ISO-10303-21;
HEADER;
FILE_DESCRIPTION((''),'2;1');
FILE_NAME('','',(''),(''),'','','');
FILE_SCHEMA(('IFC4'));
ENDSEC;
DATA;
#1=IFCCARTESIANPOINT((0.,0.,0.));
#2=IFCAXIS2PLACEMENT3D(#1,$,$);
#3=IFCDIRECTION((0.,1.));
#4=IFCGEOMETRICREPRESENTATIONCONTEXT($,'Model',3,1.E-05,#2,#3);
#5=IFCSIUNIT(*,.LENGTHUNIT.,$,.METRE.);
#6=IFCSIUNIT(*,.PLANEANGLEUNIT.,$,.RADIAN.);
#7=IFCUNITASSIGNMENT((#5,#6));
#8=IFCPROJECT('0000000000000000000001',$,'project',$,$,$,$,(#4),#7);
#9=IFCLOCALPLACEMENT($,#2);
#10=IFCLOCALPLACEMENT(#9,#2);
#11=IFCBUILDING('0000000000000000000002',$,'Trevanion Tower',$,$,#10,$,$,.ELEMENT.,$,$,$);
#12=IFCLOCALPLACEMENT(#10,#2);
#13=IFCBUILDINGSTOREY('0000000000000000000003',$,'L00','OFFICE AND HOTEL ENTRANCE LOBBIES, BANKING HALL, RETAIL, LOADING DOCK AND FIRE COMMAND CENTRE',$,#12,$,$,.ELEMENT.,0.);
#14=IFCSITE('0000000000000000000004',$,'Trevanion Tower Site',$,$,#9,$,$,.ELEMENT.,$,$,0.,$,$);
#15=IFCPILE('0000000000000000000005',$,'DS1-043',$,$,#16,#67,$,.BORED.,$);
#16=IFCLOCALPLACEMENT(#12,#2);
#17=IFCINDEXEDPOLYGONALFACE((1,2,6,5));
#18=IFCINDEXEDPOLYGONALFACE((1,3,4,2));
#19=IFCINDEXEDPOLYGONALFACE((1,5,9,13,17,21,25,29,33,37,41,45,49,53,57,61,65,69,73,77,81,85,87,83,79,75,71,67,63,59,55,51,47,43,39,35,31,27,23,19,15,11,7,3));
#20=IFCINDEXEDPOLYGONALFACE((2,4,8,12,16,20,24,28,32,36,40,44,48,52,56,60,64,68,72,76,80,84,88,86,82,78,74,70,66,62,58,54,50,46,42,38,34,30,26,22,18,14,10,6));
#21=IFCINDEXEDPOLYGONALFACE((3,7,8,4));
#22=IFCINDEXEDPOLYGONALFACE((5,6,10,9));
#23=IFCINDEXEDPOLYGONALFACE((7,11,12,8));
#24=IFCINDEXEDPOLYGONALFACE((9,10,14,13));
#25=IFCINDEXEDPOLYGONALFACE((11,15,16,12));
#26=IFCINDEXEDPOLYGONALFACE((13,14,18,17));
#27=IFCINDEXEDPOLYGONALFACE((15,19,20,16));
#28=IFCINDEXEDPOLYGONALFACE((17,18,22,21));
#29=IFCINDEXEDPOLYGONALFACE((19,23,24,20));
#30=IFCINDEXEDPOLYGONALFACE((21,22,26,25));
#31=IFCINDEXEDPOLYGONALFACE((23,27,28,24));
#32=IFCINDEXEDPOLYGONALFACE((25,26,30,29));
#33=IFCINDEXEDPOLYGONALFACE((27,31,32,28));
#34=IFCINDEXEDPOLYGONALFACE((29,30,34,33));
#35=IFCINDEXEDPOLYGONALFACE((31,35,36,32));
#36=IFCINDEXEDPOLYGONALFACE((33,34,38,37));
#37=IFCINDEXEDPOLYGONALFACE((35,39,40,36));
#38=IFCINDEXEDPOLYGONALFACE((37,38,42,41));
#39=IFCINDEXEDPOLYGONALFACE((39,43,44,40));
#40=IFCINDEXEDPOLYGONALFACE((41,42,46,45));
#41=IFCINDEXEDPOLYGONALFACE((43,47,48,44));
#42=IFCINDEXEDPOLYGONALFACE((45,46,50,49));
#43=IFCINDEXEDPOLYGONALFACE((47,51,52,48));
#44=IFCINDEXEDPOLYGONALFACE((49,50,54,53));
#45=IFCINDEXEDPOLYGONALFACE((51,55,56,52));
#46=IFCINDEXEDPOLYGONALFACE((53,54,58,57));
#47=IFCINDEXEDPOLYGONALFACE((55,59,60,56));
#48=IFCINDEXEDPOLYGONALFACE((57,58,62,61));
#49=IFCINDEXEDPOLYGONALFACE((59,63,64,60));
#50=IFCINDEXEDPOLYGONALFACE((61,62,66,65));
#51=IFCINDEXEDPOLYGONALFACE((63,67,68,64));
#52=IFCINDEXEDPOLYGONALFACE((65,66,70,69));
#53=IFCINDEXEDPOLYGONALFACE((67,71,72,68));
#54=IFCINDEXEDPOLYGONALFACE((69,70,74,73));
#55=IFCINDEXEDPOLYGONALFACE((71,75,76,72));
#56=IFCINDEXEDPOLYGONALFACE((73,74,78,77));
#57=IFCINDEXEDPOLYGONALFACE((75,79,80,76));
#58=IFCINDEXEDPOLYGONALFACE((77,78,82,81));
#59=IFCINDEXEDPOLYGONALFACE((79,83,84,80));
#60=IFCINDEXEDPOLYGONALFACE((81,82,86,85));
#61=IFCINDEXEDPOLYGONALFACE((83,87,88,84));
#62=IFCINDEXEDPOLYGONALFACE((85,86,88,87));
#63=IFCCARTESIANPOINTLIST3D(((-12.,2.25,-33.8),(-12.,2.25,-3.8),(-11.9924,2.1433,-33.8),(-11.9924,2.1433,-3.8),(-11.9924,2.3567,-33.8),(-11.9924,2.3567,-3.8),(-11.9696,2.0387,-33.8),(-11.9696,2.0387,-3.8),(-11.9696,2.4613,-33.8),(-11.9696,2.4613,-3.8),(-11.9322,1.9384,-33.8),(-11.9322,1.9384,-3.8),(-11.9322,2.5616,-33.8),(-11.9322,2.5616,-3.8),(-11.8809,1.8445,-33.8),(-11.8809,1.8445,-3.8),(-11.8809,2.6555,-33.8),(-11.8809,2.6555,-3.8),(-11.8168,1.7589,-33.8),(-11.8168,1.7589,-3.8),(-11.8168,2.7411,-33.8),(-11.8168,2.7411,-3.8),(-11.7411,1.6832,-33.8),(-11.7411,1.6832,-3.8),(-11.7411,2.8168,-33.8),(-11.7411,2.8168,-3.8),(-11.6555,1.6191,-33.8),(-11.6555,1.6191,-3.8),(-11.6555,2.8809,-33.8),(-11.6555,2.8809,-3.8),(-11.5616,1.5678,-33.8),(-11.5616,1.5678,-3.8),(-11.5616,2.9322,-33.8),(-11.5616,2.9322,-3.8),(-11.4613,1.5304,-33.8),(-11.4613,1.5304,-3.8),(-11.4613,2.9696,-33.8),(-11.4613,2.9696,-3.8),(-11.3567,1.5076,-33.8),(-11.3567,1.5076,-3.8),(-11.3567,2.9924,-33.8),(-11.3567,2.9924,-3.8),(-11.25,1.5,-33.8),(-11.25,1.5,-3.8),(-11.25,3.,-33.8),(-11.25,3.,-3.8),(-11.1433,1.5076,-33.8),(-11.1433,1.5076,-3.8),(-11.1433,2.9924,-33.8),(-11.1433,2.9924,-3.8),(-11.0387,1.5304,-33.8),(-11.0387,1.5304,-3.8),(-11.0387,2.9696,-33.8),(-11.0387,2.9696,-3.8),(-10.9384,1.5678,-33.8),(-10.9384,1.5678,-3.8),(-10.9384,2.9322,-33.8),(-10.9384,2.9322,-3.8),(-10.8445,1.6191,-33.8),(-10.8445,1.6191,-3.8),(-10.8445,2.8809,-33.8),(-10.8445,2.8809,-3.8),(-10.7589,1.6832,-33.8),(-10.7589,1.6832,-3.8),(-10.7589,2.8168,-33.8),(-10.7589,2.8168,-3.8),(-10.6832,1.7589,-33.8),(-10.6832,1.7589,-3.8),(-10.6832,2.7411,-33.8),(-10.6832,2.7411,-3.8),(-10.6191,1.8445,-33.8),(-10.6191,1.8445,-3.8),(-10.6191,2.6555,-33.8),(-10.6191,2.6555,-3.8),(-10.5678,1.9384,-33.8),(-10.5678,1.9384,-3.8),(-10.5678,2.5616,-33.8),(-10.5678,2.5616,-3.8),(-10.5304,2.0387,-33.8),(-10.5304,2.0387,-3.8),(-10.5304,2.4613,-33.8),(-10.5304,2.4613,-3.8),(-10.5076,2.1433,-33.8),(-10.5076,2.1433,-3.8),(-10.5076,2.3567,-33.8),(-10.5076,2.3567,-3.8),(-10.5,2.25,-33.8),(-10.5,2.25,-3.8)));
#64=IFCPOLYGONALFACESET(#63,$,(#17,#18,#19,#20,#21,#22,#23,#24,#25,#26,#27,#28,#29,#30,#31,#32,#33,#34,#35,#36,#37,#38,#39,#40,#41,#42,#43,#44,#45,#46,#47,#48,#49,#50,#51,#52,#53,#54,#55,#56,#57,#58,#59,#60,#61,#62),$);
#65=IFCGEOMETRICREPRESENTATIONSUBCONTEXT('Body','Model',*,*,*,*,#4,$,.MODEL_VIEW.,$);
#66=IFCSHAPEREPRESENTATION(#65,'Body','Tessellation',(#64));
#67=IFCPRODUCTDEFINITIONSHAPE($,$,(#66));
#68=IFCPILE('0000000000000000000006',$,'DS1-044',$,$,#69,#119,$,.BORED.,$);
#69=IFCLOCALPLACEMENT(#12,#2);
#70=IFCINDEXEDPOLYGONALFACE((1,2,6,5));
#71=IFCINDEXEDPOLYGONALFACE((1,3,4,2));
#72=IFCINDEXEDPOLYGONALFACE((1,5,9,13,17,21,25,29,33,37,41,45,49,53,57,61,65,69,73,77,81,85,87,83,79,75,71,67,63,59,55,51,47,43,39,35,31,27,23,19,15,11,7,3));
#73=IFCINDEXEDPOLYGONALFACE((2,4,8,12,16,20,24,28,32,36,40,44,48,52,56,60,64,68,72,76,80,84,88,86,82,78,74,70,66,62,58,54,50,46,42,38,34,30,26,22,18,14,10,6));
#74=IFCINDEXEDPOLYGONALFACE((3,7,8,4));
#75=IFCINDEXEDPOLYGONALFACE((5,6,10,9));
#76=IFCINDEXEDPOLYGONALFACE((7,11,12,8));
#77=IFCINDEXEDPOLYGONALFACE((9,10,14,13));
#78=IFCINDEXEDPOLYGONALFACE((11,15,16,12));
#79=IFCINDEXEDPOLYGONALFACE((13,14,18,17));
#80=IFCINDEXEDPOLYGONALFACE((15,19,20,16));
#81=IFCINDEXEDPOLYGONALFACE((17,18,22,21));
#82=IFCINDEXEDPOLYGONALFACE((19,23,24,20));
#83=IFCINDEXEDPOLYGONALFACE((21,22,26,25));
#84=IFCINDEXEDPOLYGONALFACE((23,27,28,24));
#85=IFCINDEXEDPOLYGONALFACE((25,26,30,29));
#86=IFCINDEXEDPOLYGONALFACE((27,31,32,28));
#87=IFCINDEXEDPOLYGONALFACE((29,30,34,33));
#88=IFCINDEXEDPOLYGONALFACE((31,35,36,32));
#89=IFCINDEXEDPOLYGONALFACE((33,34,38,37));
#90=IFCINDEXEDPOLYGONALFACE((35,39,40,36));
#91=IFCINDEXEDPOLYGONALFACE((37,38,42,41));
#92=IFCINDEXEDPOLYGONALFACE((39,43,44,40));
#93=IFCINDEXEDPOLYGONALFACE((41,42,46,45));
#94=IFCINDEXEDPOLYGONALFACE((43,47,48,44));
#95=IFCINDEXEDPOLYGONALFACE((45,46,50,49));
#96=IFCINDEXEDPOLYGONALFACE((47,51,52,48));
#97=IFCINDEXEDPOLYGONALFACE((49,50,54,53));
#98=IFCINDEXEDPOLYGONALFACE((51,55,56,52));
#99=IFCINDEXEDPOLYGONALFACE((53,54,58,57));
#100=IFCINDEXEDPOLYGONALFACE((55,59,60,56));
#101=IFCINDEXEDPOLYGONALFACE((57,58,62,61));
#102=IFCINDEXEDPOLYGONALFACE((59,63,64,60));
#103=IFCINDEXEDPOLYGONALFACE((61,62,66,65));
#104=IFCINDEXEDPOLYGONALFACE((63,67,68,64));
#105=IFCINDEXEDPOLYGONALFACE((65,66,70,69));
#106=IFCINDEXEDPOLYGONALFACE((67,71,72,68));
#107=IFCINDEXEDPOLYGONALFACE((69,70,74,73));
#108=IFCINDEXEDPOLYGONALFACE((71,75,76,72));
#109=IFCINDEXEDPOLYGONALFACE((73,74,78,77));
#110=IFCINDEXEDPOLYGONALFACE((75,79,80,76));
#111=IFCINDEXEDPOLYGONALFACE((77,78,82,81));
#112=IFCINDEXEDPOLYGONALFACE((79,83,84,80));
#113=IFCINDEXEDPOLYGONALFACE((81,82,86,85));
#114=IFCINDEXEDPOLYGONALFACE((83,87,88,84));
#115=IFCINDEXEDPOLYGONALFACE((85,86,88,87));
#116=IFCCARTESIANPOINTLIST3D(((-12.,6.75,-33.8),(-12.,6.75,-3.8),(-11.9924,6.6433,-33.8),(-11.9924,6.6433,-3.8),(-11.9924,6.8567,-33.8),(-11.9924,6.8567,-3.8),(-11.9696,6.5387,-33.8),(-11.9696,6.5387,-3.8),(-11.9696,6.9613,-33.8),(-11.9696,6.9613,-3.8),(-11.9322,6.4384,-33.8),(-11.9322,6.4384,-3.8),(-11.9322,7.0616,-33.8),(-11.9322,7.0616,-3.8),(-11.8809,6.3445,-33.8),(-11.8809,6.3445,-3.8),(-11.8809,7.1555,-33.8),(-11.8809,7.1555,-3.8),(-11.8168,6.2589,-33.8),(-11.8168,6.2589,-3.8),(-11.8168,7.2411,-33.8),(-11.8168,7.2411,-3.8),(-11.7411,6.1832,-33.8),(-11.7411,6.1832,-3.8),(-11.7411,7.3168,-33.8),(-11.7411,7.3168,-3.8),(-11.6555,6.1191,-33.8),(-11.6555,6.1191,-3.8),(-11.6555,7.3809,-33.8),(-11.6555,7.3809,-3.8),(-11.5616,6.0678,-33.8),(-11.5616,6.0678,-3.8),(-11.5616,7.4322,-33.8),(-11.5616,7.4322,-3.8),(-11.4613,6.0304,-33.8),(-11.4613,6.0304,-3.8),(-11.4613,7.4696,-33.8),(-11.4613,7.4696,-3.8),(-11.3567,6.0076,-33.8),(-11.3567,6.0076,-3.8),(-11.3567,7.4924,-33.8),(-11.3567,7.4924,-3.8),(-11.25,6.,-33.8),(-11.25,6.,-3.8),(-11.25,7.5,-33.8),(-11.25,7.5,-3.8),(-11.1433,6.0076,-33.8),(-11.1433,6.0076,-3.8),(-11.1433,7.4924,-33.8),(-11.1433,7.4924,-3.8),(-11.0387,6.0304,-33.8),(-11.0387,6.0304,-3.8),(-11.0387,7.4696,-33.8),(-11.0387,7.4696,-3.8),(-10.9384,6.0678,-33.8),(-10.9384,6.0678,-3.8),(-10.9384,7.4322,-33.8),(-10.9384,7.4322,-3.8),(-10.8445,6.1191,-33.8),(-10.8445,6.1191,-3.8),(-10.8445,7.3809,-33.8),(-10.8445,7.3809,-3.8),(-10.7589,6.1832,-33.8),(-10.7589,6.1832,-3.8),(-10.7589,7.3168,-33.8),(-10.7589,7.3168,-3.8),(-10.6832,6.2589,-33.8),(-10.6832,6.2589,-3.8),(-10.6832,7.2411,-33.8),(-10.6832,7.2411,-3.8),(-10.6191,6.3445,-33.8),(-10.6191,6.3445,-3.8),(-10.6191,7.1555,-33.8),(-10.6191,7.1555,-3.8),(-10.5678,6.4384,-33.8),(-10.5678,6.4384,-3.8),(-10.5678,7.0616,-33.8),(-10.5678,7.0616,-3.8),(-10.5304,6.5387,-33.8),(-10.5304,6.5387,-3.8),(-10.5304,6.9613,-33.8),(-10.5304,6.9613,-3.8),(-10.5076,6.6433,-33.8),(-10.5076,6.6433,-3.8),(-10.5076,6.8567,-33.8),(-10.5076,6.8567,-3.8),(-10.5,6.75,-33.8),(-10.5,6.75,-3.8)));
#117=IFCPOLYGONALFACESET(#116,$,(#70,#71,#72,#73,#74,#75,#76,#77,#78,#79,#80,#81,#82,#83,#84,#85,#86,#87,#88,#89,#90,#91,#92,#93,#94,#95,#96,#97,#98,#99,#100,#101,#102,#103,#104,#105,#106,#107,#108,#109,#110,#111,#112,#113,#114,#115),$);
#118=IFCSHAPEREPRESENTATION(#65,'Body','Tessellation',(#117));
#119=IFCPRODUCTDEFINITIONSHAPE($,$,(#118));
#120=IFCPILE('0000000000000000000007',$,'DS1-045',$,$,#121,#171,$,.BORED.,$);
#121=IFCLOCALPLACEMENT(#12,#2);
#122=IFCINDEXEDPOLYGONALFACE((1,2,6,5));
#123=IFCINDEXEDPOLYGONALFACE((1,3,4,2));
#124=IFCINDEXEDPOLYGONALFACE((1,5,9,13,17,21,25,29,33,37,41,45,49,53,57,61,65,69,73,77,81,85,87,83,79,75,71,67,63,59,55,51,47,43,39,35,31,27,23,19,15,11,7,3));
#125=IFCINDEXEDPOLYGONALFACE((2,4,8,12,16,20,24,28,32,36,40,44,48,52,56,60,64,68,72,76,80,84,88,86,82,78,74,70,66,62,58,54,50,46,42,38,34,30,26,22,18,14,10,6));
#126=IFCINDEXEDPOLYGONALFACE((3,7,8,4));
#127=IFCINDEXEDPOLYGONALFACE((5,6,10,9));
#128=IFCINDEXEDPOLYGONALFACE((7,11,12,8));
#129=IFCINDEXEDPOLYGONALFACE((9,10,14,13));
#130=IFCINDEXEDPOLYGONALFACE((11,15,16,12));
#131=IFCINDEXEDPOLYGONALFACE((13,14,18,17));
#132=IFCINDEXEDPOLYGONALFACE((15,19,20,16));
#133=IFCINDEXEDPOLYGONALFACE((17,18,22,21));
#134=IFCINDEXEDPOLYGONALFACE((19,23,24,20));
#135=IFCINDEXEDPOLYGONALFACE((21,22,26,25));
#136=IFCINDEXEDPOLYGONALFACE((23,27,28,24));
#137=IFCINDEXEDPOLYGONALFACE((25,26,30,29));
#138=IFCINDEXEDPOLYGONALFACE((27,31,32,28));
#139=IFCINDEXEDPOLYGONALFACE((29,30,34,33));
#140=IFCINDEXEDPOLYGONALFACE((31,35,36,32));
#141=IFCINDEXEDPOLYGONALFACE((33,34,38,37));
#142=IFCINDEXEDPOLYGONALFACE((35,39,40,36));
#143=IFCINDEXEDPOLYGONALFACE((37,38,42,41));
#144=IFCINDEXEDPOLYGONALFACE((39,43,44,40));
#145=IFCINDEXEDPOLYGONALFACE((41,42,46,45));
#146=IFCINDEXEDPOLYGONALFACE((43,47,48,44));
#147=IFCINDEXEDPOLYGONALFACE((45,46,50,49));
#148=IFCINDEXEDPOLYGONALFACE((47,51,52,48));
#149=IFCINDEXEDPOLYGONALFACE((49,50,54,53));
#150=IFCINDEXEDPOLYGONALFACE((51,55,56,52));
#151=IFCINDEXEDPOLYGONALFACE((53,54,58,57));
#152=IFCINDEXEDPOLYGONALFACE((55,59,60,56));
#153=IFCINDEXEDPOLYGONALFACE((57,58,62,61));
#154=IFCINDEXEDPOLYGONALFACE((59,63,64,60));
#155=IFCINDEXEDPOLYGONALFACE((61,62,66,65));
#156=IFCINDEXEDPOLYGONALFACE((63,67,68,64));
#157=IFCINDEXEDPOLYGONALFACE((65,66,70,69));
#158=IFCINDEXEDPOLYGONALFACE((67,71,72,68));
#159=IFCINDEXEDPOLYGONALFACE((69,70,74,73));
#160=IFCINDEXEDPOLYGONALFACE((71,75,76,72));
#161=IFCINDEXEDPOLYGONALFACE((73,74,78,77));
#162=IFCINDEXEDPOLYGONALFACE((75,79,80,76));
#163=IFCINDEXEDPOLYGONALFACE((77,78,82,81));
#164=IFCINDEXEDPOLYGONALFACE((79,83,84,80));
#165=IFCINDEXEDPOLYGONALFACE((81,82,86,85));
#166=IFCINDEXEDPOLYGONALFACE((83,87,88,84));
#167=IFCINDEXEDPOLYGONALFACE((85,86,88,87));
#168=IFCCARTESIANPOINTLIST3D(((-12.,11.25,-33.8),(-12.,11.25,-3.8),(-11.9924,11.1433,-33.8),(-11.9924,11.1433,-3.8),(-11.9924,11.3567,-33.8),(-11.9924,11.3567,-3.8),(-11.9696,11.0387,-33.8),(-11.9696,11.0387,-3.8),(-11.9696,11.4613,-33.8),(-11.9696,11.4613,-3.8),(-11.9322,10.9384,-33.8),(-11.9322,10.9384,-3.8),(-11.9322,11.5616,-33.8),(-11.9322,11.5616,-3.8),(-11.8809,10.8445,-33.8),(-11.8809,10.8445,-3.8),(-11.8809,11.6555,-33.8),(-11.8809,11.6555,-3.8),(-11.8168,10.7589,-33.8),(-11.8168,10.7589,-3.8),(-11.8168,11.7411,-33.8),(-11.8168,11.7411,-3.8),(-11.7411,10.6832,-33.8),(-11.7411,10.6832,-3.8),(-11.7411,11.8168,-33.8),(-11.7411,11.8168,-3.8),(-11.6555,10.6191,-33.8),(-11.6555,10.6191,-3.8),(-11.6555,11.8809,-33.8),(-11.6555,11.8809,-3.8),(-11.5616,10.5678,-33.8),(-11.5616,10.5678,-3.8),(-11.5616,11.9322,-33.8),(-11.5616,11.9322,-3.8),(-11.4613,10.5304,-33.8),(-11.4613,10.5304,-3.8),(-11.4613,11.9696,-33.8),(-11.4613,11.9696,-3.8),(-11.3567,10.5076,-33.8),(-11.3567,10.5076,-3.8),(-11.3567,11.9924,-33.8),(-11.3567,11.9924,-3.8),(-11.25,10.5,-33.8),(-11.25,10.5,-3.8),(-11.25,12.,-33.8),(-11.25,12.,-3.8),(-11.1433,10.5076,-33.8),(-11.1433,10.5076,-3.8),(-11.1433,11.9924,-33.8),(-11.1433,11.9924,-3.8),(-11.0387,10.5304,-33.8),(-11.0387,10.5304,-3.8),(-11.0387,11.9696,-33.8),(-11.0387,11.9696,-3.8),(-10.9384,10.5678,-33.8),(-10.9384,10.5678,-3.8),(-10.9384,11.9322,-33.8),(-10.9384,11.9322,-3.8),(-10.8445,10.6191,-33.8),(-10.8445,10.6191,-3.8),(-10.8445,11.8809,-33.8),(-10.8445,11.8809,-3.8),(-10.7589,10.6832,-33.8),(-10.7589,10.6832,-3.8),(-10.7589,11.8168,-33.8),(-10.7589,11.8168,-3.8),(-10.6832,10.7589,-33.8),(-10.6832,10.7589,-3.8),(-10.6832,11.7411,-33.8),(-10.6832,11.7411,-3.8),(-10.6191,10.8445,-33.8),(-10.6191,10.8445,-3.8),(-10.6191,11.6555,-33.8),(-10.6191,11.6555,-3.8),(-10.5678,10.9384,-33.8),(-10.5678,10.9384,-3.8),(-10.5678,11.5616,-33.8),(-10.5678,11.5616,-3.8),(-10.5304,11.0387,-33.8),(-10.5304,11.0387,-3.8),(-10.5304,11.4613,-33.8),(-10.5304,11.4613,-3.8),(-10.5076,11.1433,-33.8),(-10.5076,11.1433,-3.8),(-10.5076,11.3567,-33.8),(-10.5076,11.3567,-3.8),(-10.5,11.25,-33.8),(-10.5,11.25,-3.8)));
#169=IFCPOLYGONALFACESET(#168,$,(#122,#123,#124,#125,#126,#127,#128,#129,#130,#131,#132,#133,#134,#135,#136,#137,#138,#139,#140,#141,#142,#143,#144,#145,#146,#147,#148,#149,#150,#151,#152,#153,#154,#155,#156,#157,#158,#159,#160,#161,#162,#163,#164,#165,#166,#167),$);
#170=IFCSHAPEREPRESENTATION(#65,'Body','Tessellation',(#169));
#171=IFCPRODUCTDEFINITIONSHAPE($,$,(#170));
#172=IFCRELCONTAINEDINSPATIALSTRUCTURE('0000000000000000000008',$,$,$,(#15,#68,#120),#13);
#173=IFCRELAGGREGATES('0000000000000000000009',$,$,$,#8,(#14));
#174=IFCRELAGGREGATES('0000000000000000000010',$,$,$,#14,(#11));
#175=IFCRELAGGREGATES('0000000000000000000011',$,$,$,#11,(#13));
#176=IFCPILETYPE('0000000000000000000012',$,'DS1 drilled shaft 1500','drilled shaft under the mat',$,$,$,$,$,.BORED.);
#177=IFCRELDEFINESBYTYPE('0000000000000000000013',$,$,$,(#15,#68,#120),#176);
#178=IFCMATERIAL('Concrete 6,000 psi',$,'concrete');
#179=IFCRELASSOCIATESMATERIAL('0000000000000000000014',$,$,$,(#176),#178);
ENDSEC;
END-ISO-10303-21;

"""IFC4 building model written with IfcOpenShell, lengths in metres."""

from ifc_helpers import new_model, si_unit, direction, frame, origin, origin_2d, place, context, subcontext, project, spatial, circle, extrude, material, material_profile, profile_set, type_object, element, save


model = new_model("IFC4")

# Units and contexts
model_context = context("Model", 3, precision=1e-05, world=origin(), true_north=direction((0.0, 1.0)))
body_context = subcontext(model_context, "Body", "Model", "MODEL_VIEW")
ifc_project = project(units=[si_unit("LENGTHUNIT", "METRE"), si_unit("PLANEANGLEUNIT", "RADIAN")], contexts=[model_context])

# Site, building, storey
site_placement = place(None, origin())
site = spatial("IfcSite", under=ifc_project, at=site_placement, Name="Trevanion Tower Site", CompositionType="ELEMENT", RefElevation=0.0)
building_placement = place(site_placement, origin())
building = spatial("IfcBuilding", under=site, at=building_placement, Name="Trevanion Tower", CompositionType="ELEMENT")
storey_placement = place(building_placement, origin())
storey = spatial("IfcBuildingStorey", under=building, at=storey_placement, Name="L00", Description="OFFICE AND HOTEL ENTRANCE LOBBIES, BANKING HALL, RETAIL, LOADING DOCK AND FIRE COMMAND CENTRE", CompositionType="ELEMENT", Elevation=0.0)

# Piles
ifc_material_1 = material(Name="Concrete 6,000 psi", Category="concrete")
ifc_material_profile_1 = material_profile(ifc_material_1, circle(Radius=0.75, at=origin_2d()), Name="DS1 drilled shaft 1500")
ifc_profile_set_1 = profile_set([ifc_material_profile_1], Name="Concrete 6,000 psi")
pile_type_1 = type_object("IfcPileType", Name="DS1 drilled shaft 1500", Description="drilled shaft under the mat", PredefinedType="BORED", material=ifc_profile_set_1)
for number, where, z_axis, x_axis, name in (
    (1, (-11.25, 2.25, -3.8), (0.0, 0.0, -1.0), (1.0, 0.0, 0.0), "DS1-043"),
    (2, (-11.25, 6.75, -3.8), (0.0, 0.0, -1.0), (1.0, 0.0, 0.0), "DS1-044"),
    (3, (-11.25, 11.25, -3.8), (0.0, 0.0, -1.0), (1.0, 0.0, 0.0), "DS1-045"),
):
    element("IfcPile", number, at=place(storey_placement, frame(where, z_axis=z_axis, x_axis=x_axis)), inside=storey, type_object=pile_type_1, Name=name, PredefinedType="BORED", context=body_context, shape_type="SweptSolid", body=[
        extrude(circle(Radius=0.75, at=origin_2d()), origin(), (0.0, 0.0, 1.0), 30.0),
    ])

save(model, "model.ifc")
